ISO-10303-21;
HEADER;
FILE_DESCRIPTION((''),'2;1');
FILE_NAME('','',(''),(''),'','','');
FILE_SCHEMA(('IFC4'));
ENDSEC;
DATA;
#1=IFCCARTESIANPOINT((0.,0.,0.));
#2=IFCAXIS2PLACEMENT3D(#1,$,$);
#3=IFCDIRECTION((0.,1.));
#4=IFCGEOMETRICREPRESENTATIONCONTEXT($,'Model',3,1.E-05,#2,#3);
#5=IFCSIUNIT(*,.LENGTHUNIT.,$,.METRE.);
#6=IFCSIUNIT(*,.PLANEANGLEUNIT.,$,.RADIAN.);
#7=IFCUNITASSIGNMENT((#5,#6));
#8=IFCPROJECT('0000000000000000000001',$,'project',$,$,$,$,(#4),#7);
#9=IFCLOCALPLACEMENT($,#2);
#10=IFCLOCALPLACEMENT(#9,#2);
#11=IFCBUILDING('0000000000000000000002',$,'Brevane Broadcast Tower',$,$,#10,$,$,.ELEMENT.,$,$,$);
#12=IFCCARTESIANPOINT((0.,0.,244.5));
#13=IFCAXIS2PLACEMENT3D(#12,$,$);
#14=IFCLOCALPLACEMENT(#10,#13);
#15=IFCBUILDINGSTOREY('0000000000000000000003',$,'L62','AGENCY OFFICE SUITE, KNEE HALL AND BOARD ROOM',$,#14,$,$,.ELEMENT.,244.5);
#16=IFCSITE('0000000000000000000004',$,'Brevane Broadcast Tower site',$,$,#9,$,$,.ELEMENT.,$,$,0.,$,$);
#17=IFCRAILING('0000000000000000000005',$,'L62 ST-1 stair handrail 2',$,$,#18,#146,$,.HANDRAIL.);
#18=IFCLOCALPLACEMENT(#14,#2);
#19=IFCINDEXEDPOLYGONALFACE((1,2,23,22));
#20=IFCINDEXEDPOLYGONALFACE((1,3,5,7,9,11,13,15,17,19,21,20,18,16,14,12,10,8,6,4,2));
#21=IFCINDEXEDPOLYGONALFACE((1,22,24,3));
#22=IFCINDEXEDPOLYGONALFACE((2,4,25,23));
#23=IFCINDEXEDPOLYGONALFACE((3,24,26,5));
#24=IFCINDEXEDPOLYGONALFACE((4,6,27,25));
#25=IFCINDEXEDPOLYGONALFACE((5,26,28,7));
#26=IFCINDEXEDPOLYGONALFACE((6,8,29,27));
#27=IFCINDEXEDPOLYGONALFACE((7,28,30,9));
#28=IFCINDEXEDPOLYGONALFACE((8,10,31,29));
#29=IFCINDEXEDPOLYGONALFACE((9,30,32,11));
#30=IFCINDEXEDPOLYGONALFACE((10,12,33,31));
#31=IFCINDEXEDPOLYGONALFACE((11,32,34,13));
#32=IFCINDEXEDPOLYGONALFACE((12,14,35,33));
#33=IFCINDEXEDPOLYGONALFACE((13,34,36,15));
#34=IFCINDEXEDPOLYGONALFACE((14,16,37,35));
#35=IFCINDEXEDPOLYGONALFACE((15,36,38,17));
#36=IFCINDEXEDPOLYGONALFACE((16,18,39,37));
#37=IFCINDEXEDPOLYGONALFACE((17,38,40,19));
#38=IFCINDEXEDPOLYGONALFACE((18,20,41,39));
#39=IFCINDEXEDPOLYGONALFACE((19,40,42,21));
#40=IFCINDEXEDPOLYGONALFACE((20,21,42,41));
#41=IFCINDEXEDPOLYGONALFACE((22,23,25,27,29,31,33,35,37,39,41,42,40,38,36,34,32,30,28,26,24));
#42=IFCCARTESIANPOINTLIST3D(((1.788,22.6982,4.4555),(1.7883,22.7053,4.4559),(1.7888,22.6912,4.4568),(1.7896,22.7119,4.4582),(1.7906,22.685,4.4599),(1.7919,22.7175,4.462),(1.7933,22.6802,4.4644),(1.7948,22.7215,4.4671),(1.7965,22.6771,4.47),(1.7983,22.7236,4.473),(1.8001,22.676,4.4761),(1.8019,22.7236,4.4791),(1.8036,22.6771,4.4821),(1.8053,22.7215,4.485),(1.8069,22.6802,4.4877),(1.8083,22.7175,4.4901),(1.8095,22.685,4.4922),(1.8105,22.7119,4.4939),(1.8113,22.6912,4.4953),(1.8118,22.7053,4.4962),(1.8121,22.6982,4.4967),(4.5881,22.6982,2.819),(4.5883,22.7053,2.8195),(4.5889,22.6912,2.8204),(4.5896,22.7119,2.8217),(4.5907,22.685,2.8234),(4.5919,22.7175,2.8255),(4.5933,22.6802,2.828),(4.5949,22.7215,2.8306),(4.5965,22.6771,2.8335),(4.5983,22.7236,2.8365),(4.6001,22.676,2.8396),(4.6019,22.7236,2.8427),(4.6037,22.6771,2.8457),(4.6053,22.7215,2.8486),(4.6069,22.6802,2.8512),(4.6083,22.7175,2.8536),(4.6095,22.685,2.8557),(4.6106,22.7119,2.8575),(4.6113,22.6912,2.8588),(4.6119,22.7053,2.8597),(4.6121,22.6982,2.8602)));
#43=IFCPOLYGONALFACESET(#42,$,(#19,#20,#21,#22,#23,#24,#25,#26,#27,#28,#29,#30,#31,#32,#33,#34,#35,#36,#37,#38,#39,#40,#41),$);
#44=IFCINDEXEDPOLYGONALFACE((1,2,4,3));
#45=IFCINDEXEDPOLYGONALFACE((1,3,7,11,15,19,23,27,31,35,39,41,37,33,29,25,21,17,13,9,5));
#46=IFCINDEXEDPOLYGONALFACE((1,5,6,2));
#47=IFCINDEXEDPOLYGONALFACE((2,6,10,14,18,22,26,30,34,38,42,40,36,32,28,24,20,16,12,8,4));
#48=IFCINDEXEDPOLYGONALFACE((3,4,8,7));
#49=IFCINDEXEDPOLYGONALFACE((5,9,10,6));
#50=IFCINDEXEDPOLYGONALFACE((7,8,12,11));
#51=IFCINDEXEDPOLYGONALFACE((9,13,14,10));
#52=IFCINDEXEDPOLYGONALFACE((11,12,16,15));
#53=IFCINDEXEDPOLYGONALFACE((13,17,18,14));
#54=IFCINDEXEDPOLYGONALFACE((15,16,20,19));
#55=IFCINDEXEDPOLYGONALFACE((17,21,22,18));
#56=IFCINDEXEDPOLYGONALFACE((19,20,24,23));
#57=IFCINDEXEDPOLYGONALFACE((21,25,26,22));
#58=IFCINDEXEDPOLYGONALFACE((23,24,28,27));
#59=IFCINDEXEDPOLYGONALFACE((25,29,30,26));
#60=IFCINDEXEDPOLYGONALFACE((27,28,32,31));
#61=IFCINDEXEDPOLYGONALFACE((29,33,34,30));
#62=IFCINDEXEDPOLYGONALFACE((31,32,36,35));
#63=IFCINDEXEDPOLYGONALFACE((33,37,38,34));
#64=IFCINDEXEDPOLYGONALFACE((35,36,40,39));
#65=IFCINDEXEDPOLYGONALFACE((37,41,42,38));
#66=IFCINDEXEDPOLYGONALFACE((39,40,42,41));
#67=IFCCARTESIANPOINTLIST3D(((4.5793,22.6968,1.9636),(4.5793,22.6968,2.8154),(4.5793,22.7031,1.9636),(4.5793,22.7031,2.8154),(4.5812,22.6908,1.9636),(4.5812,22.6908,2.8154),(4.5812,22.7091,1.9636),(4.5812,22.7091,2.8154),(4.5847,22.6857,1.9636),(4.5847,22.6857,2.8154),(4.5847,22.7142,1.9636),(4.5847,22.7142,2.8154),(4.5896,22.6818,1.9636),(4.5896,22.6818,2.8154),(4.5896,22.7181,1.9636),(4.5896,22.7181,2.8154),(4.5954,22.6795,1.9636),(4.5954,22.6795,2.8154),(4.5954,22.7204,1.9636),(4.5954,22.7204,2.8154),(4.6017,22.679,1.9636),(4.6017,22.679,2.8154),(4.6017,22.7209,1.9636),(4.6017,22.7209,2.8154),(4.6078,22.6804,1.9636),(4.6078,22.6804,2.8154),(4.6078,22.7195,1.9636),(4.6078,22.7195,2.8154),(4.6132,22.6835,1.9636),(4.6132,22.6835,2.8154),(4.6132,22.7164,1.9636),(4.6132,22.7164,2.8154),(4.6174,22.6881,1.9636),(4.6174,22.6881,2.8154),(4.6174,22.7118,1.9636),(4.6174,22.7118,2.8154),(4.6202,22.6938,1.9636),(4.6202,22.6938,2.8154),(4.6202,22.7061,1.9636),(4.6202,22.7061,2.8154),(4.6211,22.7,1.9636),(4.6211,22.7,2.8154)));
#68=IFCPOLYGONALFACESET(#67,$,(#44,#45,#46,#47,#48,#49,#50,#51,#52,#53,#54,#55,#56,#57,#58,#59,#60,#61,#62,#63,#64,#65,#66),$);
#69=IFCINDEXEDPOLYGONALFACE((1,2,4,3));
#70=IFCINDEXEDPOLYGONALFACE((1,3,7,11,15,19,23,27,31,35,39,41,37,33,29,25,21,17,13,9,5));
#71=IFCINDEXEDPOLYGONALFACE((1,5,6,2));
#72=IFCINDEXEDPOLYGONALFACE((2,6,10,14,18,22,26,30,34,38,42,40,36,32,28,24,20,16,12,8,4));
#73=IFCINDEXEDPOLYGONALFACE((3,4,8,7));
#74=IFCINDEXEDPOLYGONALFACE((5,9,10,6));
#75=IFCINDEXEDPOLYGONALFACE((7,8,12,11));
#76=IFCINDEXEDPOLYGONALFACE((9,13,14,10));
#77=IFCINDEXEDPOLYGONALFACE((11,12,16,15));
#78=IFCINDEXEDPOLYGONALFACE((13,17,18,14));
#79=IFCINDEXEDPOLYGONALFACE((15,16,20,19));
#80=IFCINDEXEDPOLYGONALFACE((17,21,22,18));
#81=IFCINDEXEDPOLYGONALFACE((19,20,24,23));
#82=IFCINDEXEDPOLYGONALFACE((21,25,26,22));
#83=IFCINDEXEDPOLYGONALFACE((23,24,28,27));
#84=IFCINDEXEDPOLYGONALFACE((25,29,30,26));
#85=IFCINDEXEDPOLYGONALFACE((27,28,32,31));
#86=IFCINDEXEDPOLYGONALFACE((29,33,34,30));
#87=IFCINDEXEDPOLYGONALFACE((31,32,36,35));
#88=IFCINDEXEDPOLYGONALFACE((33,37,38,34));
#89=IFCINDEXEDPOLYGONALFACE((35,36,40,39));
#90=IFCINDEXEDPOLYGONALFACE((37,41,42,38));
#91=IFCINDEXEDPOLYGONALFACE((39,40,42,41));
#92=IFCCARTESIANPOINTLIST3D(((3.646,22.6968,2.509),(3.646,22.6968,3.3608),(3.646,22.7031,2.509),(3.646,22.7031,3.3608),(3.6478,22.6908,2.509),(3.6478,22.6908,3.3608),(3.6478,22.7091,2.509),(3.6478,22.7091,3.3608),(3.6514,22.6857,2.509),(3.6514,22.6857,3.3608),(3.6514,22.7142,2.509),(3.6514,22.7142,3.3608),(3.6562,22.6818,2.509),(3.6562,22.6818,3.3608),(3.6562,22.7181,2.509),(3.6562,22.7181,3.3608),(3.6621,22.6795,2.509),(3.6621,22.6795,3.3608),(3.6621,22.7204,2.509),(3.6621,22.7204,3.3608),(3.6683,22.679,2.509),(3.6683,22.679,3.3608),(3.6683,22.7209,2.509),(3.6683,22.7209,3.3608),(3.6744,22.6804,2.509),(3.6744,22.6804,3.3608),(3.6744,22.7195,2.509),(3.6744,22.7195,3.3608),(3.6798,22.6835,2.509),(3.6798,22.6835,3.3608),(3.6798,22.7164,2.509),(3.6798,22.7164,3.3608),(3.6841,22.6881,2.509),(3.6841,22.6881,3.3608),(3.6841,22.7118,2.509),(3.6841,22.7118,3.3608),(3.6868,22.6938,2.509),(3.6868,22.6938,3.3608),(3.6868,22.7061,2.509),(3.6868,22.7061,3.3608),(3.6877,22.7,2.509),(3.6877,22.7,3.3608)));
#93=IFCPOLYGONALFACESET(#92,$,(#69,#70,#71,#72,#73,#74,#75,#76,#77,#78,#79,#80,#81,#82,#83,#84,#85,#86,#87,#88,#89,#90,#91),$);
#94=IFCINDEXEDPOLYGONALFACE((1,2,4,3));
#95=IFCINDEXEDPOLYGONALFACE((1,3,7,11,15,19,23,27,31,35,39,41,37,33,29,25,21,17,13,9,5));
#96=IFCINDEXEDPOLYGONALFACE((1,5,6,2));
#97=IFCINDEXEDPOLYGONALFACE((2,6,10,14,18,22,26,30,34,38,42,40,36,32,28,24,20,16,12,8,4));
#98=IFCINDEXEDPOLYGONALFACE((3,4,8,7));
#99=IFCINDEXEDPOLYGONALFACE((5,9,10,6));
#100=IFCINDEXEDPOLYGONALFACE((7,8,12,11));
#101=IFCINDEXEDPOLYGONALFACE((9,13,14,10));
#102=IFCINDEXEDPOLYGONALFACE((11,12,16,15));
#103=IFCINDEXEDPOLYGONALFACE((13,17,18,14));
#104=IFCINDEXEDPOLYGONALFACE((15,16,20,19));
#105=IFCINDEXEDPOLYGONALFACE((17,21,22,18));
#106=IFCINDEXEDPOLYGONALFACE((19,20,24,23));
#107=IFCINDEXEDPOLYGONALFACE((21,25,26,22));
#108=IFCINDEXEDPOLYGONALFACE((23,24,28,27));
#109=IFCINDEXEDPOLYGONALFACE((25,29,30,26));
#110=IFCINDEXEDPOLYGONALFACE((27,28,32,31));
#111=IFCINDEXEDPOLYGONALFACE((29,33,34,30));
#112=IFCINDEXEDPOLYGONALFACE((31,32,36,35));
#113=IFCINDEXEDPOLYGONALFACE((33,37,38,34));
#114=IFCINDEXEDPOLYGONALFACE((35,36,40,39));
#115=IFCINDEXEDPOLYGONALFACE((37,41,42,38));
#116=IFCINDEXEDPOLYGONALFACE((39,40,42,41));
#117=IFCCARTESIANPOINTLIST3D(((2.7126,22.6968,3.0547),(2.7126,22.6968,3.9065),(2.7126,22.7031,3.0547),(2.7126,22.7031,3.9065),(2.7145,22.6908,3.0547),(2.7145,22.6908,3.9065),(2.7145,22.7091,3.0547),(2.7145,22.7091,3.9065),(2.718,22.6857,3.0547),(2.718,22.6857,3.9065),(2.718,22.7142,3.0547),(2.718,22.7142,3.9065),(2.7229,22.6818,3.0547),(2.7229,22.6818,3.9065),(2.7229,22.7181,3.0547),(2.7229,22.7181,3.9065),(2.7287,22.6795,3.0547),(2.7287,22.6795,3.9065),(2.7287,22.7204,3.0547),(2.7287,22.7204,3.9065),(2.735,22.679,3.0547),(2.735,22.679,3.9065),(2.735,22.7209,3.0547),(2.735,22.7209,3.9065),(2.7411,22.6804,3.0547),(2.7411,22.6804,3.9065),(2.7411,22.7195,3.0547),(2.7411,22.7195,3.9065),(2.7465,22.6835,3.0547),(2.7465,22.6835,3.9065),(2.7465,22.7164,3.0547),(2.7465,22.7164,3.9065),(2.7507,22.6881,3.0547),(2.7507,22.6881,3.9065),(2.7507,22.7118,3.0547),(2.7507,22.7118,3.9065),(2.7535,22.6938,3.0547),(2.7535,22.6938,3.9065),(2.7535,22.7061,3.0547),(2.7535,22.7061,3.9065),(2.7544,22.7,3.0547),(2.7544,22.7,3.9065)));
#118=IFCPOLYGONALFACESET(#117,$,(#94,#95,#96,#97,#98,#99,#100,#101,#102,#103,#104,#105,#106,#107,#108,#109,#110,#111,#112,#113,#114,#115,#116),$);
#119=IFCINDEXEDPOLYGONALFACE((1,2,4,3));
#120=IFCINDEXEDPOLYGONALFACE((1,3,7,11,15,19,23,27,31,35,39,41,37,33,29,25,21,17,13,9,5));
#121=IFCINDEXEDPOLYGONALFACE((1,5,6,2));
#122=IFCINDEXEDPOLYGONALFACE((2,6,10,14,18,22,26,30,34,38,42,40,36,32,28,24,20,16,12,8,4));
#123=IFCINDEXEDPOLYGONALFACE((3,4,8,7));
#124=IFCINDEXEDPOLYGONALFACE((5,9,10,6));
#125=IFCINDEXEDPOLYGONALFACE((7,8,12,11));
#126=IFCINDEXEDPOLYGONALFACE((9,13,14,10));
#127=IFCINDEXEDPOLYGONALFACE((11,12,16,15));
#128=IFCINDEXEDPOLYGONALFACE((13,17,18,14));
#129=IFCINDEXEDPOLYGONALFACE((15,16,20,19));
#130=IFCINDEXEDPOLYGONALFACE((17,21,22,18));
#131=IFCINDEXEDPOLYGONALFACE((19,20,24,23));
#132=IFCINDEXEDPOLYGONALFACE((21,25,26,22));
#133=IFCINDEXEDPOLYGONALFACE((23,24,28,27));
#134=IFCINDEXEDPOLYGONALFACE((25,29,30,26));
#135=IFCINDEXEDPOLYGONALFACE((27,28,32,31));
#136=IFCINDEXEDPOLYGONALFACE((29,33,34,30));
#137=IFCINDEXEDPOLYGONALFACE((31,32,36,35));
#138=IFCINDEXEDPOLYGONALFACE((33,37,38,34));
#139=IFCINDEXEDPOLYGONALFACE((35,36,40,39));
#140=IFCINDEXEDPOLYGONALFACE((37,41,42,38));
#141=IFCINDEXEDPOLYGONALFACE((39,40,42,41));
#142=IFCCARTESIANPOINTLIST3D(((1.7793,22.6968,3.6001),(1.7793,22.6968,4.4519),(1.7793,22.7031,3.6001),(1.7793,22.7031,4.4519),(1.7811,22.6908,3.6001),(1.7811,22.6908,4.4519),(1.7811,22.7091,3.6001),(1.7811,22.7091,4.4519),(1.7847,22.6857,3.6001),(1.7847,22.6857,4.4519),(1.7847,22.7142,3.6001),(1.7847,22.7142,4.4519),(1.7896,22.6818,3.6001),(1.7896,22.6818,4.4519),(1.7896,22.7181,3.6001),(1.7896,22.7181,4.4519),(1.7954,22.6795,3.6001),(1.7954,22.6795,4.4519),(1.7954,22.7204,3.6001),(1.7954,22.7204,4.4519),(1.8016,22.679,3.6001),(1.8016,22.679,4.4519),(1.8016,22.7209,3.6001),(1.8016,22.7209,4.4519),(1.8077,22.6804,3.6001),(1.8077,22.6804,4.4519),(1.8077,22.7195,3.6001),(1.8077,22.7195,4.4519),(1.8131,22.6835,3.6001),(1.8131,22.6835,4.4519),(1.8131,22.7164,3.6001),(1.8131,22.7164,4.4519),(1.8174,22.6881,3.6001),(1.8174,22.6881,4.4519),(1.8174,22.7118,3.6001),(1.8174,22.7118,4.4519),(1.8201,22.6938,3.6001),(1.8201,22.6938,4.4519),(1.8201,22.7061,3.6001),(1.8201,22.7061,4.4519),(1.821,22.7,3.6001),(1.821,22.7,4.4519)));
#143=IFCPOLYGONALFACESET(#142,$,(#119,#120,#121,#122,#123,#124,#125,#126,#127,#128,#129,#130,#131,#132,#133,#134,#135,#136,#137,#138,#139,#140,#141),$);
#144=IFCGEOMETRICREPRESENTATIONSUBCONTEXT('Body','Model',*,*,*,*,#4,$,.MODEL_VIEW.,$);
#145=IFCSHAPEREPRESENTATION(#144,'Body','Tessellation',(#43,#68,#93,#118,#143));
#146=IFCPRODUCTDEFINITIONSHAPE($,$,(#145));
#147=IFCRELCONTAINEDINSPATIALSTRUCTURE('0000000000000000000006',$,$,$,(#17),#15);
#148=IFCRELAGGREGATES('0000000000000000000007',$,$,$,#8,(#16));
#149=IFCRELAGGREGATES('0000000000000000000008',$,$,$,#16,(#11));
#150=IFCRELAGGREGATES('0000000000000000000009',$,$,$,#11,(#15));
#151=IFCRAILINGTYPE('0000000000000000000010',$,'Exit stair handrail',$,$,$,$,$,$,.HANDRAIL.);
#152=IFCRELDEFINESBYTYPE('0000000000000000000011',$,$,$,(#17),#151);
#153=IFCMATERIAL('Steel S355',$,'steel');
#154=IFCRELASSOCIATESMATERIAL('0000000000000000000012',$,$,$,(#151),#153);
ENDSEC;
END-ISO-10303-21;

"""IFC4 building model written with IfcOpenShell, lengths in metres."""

from ifc_helpers import new_model, si_unit, direction, frame, origin, origin_2d, place, context, subcontext, project, spatial, circle, extrude, material, type_object, element, save


model = new_model("IFC4")

# Units and contexts
model_context = context("Model", 3, precision=1e-05, world=origin(), true_north=direction((0.0, 1.0)))
body_context = subcontext(model_context, "Body", "Model", "MODEL_VIEW")
ifc_project = project(units=[si_unit("LENGTHUNIT", "METRE"), si_unit("PLANEANGLEUNIT", "RADIAN")], contexts=[model_context])

# Site, building, storey
site_placement = place(None, origin())
site = spatial("IfcSite", under=ifc_project, at=site_placement, Name="Brevane Broadcast Tower site", CompositionType="ELEMENT", RefElevation=0.0)
building_placement = place(site_placement, origin())
building = spatial("IfcBuilding", under=site, at=building_placement, Name="Brevane Broadcast Tower", CompositionType="ELEMENT")
storey_placement = place(building_placement, frame((0.0, 0.0, 244.5)))
storey = spatial("IfcBuildingStorey", under=building, at=storey_placement, Name="L62", Description="AGENCY OFFICE SUITE, KNEE HALL AND BOARD ROOM", CompositionType="ELEMENT", Elevation=244.5)

# Railing
ifc_material_1 = material(Name="Steel S355", Category="steel")
railing_type_1 = type_object("IfcRailingType", Name="Exit stair handrail", PredefinedType="HANDRAIL", material=ifc_material_1)
railing_1_placement = place(storey_placement, frame((4.6001, 22.7, 1.9636)))
element("IfcRailing", 1, at=railing_1_placement, inside=storey, type_object=railing_type_1, Name="L62 ST-1 stair handrail 2", PredefinedType="HANDRAIL", context=body_context, shape_type="SweptSolid", body=[
    extrude(circle(Radius=0.0239, at=origin_2d()), frame((0.0, 0.0, 0.876), z_axis=(-0.863361, 0.0, 0.504587), x_axis=(0.0, -1.0, 0.0)), (0.0, 0.0, 1.0), 3.2432),
    extrude(circle(Radius=0.021, at=origin_2d()), origin(), (0.0, 0.0, 1.0), 0.8518),
    extrude(circle(Radius=0.021, at=origin_2d()), frame((-0.9333, 0.0, 0.5454)), (0.0, 0.0, 1.0), 0.8518),
    extrude(circle(Radius=0.021, at=origin_2d()), frame((-1.8667, 0.0, 1.0911)), (0.0, 0.0, 1.0), 0.8518),
    extrude(circle(Radius=0.021, at=origin_2d()), frame((-2.8, 0.0, 1.6365)), (0.0, 0.0, 1.0), 0.8518),
])

save(model, "model.ifc")
